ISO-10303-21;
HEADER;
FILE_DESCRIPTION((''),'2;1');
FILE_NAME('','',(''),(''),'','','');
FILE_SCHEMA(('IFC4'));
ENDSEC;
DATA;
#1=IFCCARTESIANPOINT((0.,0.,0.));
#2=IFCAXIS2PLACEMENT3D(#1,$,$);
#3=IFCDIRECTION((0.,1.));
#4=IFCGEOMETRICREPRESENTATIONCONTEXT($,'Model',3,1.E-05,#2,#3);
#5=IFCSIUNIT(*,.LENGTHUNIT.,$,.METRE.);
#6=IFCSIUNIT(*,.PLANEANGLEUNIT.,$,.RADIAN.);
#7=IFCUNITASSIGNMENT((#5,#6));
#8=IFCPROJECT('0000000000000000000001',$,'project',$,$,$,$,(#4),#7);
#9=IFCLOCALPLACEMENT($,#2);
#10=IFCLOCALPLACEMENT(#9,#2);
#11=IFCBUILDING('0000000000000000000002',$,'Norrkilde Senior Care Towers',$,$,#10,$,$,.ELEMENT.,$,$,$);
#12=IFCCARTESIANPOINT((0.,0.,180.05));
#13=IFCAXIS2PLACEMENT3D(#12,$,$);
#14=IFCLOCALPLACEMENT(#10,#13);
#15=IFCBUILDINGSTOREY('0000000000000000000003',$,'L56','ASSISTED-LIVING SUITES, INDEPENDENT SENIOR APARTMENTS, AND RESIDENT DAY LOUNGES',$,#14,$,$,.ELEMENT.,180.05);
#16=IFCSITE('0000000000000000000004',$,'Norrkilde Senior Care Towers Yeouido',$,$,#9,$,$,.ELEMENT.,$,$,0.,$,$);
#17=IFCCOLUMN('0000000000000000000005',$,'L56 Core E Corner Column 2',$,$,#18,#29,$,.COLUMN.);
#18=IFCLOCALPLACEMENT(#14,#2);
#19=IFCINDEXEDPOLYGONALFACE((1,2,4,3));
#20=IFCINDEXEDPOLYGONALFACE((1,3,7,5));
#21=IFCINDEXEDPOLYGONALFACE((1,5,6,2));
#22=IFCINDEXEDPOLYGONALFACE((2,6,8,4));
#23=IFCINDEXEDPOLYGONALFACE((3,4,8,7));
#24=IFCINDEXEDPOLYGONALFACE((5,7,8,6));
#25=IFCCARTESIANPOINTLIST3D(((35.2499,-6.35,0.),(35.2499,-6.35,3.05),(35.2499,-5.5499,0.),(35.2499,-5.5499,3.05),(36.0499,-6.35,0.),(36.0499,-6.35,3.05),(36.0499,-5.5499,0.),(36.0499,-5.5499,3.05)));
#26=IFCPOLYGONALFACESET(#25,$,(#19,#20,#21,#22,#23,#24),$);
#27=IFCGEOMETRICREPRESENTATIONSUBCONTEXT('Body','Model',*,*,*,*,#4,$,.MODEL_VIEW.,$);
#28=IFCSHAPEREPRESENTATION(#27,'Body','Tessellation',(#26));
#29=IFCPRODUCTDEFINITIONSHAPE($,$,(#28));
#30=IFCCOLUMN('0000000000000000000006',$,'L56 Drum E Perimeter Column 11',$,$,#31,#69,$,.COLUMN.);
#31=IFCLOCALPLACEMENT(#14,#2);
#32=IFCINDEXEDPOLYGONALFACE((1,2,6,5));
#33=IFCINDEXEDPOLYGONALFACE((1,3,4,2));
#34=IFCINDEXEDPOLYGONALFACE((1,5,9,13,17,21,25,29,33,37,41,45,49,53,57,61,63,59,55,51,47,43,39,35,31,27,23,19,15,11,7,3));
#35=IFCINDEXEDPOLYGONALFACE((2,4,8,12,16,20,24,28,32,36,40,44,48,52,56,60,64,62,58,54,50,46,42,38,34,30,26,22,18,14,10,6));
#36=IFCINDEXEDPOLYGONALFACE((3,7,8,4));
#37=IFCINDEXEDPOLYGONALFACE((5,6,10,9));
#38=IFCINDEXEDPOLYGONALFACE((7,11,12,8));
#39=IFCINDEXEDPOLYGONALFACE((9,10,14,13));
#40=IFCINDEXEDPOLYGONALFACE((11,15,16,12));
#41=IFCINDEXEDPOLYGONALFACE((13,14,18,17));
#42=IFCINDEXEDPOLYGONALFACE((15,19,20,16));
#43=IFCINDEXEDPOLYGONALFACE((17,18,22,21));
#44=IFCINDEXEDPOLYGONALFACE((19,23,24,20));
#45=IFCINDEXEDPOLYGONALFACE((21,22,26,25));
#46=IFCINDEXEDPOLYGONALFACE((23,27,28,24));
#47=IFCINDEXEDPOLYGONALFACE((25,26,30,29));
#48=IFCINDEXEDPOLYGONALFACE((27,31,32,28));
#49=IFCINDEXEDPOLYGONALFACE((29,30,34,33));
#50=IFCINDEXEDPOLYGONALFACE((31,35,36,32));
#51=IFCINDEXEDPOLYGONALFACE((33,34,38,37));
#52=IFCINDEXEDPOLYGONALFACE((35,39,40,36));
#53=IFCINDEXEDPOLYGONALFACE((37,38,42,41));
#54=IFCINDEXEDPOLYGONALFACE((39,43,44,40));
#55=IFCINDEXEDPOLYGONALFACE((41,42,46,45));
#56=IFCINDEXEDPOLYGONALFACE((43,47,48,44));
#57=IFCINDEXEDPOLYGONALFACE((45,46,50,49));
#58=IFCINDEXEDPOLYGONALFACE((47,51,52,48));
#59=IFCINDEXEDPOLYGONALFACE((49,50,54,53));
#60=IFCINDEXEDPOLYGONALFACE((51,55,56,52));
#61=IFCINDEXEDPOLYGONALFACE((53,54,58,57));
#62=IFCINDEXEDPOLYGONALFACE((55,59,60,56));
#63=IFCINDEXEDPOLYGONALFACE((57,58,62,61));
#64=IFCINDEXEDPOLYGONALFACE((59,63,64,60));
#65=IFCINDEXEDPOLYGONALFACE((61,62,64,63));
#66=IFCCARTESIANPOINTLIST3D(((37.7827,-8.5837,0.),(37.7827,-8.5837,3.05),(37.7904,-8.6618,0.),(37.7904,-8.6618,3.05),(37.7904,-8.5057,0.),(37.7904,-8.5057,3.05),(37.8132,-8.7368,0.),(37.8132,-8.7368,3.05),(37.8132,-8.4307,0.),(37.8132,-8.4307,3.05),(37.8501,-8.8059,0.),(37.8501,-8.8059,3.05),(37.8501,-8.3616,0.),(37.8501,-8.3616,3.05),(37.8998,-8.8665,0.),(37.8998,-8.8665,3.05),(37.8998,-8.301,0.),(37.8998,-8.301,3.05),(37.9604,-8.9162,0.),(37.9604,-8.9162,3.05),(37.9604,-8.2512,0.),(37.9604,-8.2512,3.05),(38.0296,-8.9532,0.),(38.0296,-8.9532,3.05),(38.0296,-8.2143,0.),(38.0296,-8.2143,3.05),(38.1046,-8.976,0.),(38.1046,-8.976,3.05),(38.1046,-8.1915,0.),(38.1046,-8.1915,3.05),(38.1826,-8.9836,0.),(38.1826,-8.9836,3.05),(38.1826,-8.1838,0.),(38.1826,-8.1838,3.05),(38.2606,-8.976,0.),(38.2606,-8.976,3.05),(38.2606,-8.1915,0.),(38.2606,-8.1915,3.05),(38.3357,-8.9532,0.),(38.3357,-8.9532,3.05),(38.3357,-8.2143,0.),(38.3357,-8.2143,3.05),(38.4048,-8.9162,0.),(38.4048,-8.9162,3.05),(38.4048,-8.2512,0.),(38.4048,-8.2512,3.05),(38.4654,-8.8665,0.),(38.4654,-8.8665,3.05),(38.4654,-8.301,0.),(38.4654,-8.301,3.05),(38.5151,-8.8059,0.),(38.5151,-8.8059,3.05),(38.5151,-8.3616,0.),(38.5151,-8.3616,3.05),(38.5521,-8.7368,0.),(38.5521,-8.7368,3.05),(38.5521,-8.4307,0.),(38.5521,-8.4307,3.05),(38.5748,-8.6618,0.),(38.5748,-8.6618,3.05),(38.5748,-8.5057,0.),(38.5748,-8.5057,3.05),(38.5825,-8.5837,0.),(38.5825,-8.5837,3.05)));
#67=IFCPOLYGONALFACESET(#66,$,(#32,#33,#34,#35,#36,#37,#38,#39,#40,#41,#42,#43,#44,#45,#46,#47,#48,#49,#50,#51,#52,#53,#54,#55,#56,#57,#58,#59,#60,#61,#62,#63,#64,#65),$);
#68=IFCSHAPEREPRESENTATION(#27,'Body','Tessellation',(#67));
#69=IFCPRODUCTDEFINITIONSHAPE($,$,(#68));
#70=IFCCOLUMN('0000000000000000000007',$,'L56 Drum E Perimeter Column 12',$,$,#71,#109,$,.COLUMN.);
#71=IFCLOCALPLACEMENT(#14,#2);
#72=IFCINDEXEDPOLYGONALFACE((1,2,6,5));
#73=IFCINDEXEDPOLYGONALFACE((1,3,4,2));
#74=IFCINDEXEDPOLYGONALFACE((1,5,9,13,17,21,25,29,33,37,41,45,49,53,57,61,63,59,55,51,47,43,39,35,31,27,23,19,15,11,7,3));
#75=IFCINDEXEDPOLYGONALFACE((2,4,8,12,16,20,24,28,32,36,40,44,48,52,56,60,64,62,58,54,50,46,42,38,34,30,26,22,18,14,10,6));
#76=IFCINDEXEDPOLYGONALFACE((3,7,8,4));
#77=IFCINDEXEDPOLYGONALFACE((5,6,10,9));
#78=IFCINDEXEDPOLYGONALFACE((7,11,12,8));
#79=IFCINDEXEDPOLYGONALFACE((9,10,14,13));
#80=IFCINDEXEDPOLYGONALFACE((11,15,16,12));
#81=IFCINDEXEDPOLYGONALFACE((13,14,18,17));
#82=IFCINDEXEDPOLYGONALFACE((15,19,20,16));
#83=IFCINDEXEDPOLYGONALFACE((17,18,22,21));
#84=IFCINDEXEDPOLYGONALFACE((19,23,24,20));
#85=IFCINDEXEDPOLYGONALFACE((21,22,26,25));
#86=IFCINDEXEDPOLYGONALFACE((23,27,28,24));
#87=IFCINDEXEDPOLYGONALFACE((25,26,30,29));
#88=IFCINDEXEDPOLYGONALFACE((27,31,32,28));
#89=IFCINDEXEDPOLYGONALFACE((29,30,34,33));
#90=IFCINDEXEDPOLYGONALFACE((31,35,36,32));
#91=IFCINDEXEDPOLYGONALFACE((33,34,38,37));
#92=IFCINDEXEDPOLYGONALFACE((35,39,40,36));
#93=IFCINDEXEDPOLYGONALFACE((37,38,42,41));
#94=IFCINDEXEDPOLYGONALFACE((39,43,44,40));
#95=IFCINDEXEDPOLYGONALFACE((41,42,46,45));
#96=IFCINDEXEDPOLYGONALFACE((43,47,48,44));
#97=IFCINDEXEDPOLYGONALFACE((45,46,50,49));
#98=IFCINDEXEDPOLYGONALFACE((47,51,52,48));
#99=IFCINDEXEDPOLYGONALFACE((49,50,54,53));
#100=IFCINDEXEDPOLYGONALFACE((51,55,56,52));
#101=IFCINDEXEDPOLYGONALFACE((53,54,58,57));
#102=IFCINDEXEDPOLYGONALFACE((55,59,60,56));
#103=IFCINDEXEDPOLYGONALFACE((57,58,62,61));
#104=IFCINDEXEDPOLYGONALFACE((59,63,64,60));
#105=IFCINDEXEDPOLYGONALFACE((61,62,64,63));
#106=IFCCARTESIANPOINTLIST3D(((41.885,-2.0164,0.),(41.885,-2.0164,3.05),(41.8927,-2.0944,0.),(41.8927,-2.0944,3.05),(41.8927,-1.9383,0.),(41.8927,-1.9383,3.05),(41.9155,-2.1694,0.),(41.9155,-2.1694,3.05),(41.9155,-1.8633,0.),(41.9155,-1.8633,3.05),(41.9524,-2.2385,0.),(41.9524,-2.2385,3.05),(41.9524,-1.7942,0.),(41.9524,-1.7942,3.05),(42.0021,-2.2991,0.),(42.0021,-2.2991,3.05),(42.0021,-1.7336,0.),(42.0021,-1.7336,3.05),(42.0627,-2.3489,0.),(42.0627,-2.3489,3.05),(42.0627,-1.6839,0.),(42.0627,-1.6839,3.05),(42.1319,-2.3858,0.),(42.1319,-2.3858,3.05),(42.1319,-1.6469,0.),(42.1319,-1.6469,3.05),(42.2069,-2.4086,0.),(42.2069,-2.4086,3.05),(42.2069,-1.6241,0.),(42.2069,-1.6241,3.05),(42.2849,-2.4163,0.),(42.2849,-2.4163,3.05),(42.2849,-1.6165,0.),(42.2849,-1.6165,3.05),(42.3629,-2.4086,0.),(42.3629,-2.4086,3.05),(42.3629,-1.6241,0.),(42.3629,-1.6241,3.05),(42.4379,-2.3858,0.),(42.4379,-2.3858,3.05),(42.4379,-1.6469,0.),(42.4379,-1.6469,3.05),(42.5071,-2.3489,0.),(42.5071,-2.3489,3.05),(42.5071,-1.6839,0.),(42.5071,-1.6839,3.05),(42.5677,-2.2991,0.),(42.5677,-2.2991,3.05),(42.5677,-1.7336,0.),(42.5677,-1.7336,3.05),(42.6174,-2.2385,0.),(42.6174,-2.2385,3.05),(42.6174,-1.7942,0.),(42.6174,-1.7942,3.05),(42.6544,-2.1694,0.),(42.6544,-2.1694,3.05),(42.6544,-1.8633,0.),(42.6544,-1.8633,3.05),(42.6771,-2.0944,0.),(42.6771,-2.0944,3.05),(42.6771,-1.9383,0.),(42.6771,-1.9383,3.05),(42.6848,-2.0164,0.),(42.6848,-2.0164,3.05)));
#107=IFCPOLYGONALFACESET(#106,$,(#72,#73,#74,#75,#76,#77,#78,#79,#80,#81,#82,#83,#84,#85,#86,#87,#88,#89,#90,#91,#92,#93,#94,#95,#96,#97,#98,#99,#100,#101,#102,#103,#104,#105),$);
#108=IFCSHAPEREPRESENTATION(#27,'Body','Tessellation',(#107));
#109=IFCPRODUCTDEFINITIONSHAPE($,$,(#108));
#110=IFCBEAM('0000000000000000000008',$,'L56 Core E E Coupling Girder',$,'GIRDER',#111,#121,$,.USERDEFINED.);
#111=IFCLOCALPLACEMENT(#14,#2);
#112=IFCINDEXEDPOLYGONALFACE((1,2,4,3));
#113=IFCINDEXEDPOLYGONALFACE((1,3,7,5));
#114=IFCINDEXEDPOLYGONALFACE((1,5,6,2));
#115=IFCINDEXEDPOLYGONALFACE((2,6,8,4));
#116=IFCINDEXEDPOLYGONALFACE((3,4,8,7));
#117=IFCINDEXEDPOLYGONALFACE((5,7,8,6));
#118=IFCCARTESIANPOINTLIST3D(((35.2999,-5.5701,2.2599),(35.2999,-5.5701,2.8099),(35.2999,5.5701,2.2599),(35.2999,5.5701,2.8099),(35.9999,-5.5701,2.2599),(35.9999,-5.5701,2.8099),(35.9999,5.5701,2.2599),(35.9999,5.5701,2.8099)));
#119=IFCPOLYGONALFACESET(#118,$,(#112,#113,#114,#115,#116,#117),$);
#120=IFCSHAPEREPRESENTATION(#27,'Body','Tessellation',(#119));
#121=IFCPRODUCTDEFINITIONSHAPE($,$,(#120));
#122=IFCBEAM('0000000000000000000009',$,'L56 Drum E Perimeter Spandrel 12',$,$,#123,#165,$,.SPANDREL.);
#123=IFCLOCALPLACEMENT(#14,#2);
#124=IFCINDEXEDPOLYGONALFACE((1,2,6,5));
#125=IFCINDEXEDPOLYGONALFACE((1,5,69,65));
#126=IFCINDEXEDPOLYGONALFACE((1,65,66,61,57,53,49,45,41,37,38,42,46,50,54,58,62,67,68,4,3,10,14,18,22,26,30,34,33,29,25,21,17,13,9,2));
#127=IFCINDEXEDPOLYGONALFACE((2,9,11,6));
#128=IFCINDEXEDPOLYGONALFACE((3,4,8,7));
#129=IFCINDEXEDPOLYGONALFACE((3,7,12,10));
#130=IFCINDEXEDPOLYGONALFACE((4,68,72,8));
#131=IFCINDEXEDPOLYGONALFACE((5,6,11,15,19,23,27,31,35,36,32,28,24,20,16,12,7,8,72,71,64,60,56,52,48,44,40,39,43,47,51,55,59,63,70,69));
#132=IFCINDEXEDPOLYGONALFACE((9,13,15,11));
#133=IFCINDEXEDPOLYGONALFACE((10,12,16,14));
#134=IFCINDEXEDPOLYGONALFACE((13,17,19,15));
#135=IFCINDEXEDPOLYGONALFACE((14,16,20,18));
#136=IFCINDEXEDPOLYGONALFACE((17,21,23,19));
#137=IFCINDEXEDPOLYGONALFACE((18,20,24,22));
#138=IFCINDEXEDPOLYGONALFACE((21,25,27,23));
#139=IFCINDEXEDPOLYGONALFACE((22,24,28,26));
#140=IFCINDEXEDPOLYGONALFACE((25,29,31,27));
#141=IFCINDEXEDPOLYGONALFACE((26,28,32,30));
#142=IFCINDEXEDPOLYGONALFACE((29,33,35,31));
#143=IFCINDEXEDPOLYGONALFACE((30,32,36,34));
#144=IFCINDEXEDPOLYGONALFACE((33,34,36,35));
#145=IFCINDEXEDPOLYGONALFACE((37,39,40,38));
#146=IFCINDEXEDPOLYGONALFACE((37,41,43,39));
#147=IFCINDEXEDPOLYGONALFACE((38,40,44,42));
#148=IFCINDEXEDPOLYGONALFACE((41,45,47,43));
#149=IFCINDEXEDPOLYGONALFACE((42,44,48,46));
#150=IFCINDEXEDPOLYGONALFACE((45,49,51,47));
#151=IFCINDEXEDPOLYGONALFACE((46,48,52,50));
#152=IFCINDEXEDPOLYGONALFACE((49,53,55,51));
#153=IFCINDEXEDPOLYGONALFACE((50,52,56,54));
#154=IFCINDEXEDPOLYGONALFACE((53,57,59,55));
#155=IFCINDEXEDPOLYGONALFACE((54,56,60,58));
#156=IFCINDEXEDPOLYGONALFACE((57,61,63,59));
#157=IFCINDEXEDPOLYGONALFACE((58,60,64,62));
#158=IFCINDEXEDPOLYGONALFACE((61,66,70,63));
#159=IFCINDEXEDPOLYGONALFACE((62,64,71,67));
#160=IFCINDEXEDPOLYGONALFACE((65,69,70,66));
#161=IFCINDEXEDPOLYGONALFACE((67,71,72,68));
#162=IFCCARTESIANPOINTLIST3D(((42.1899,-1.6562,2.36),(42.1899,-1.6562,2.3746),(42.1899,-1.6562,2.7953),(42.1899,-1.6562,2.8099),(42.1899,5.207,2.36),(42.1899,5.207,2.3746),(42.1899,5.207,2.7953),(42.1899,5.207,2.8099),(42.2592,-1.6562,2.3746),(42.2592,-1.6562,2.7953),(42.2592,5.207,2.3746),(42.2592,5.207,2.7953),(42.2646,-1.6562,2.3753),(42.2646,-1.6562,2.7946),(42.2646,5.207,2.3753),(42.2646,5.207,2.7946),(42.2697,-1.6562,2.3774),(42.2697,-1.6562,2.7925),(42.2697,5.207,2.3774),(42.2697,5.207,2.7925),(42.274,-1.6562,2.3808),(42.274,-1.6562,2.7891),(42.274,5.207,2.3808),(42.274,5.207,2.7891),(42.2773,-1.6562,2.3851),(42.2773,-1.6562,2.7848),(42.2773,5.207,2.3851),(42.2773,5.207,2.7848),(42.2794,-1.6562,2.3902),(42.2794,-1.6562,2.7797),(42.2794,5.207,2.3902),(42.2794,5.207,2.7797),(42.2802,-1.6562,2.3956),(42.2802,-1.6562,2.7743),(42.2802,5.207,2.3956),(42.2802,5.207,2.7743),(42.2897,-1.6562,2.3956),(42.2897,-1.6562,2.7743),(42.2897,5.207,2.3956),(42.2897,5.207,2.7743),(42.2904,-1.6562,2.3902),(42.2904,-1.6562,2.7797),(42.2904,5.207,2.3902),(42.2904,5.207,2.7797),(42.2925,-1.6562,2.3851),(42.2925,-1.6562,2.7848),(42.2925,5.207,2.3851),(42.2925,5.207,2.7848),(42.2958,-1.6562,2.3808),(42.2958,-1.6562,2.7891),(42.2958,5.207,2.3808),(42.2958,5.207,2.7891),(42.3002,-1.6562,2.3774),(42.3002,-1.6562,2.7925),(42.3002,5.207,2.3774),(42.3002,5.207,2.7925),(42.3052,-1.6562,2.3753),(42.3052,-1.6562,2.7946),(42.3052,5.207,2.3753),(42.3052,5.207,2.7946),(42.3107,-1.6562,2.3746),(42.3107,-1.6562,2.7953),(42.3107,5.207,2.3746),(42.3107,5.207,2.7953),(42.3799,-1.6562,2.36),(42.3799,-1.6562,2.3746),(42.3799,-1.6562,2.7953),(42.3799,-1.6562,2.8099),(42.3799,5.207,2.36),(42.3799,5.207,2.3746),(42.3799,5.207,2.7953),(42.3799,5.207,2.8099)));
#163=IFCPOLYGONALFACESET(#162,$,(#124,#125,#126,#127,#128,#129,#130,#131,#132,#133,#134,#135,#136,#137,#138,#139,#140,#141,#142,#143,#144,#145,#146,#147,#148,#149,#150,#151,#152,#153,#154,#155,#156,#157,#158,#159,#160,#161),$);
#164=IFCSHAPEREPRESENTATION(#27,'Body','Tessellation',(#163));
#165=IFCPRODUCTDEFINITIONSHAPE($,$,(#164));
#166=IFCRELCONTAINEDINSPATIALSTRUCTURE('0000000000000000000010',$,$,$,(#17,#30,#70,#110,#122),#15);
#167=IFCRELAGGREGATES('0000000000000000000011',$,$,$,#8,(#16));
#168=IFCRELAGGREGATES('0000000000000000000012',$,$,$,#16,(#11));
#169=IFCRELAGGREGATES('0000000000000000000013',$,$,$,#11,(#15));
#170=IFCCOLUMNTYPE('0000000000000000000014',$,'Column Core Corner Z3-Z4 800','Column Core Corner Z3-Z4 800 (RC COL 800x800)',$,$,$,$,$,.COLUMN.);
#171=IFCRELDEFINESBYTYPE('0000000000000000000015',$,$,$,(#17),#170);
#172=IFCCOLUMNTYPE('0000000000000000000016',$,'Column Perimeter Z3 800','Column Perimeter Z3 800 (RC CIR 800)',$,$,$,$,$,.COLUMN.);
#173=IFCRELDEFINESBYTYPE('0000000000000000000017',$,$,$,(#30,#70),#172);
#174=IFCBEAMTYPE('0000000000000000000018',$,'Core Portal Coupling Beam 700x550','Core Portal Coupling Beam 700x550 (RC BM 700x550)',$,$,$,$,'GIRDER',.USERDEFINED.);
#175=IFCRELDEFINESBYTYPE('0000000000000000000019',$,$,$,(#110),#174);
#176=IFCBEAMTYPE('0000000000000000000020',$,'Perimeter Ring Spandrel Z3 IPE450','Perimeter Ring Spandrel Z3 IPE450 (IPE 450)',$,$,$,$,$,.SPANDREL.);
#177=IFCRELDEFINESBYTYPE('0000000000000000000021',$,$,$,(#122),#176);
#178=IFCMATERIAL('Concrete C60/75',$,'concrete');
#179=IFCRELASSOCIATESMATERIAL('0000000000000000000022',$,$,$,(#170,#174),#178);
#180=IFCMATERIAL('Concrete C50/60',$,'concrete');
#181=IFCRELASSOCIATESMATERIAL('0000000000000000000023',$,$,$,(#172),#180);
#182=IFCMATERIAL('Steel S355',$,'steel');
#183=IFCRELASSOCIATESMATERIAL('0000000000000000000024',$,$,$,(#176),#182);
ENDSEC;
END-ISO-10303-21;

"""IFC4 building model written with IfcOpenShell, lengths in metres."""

from ifc_helpers import new_model, si_unit, direction, frame, origin, origin_2d, place, context, subcontext, project, spatial, rectangle, circle, i_section, extrude, source, transform, mapped, material, material_profile, profile_set, type_object, type_shapes, element, save


model = new_model("IFC4")

# Units and contexts
model_context = context("Model", 3, precision=1e-05, world=origin(), true_north=direction((0.0, 1.0)))
body_context = subcontext(model_context, "Body", "Model", "MODEL_VIEW")
ifc_project = project(units=[si_unit("LENGTHUNIT", "METRE"), si_unit("PLANEANGLEUNIT", "RADIAN")], contexts=[model_context])

# Site, building, storey
site_placement = place(None, origin())
site = spatial("IfcSite", under=ifc_project, at=site_placement, Name="Norrkilde Senior Care Towers Yeouido", CompositionType="ELEMENT", RefElevation=0.0)
building_placement = place(site_placement, origin())
building = spatial("IfcBuilding", under=site, at=building_placement, Name="Norrkilde Senior Care Towers", CompositionType="ELEMENT")
storey_placement = place(building_placement, frame((0.0, 0.0, 180.05)))
storey = spatial("IfcBuildingStorey", under=building, at=storey_placement, Name="L56", Description="ASSISTED-LIVING SUITES, INDEPENDENT SENIOR APARTMENTS, AND RESIDENT DAY LOUNGES", CompositionType="ELEMENT", Elevation=180.05)

# Columns
ifc_material_1 = material(Name="Concrete C60/75", Category="concrete")
ifc_material_profile_1 = material_profile(ifc_material_1, rectangle(XDim=0.8, YDim=0.8, at=origin_2d()), Name="RC COL 800x800")
ifc_profile_set_1 = profile_set([ifc_material_profile_1], Name="Concrete C60/75")
column_type_1 = type_object("IfcColumnType", Name="Column Core Corner Z3-Z4 800", Description="Column Core Corner Z3-Z4 800 (RC COL 800x800)", PredefinedType="COLUMN", material=ifc_profile_set_1)
shared_shape_1 = source(origin(), body_context, "Body", "SweptSolid", [
    extrude(rectangle(XDim=0.8, YDim=0.8, at=origin_2d()), origin(), (0.0, 0.0, 1.0), 3.05),
])
type_shapes(column_type_1, [shared_shape_1])
column_placement = place(storey_placement, frame((35.6499, -5.95, 0.0), z_axis=(0.0, 0.0, 1.0), x_axis=(1.0, 0.0, 0.0)))
element("IfcColumn", 1, at=column_placement, inside=storey, type_object=column_type_1, Name="L56 Core E Corner Column 2", PredefinedType="COLUMN", context=body_context, shape_type="MappedRepresentation", body=[
    mapped(shared_shape_1, transform((0.0, 0.0, 0.0), x_axis=(1.0, 0.0, 0.0), y_axis=(0.0, 1.0, 0.0), z_axis=(0.0, 0.0, 1.0), scale=1.0)),
])
ifc_material_2 = material(Name="Concrete C50/60", Category="concrete")
ifc_material_profile_2 = material_profile(ifc_material_2, circle(Radius=0.3999, at=origin_2d()), Name="RC CIR 800")
ifc_profile_set_2 = profile_set([ifc_material_profile_2], Name="Concrete C50/60")
column_type_2 = type_object("IfcColumnType", Name="Column Perimeter Z3 800", Description="Column Perimeter Z3 800 (RC CIR 800)", PredefinedType="COLUMN", material=ifc_profile_set_2)
shared_shape_2 = source(origin(), body_context, "Body", "SweptSolid", [
    extrude(circle(Radius=0.3999, at=origin_2d()), origin(), (0.0, 0.0, 1.0), 3.05),
])
type_shapes(column_type_2, [shared_shape_2])
for number, where, z_axis, x_axis, name in (
    (2, (38.1826, -8.5837, 0.0), (0.0, 0.0, 1.0), (1.0, 0.0, 0.0), "L56 Drum E Perimeter Column 11"),
    (3, (42.2849, -2.0164, 0.0), (0.0, 0.0, 1.0), (1.0, 0.0, 0.0), "L56 Drum E Perimeter Column 12"),
):
    element("IfcColumn", number, at=place(storey_placement, frame(where, z_axis=z_axis, x_axis=x_axis)), inside=storey, type_object=column_type_2, Name=name, PredefinedType="COLUMN", context=body_context, shape_type="MappedRepresentation", body=[
        mapped(shared_shape_2, transform((0.0, 0.0, 0.0), x_axis=(1.0, 0.0, 0.0), y_axis=(0.0, 1.0, 0.0), z_axis=(0.0, 0.0, 1.0), scale=1.0)),
    ])

# Beams
ifc_material_profile_3 = material_profile(ifc_material_1, rectangle(XDim=0.7, YDim=0.55, at=origin_2d()), Name="RC BM 700x550")
ifc_profile_set_3 = profile_set([ifc_material_profile_3], Name="Concrete C60/75")
beam_type_1 = type_object("IfcBeamType", Name="Core Portal Coupling Beam 700x550", Description="Core Portal Coupling Beam 700x550 (RC BM 700x550)", ElementType="GIRDER", PredefinedType="USERDEFINED", material=ifc_profile_set_3)
shared_shape_3 = source(origin(), body_context, "Body", "SweptSolid", [
    extrude(rectangle(XDim=0.7, YDim=0.55, at=origin_2d()), origin(), (0.0, 0.0, 1.0), 11.1401),
])
type_shapes(beam_type_1, [shared_shape_3])
beam_1_placement = place(storey_placement, frame((35.6499, -5.5701, 2.5349), z_axis=(0.0, 1.0, 0.0), x_axis=(-1.0, 0.0, 0.0)))
element("IfcBeam", 4, at=beam_1_placement, inside=storey, type_object=beam_type_1, Name="L56 Core E E Coupling Girder", ObjectType="GIRDER", PredefinedType="USERDEFINED", context=body_context, shape_type="MappedRepresentation", body=[
    mapped(shared_shape_3, transform((0.0, 0.0, 0.0), x_axis=(1.0, 0.0, 0.0), y_axis=(0.0, 1.0, 0.0), z_axis=(0.0, 0.0, 1.0), scale=1.0)),
])
ifc_material_3 = material(Name="Steel S355", Category="steel")
ifc_material_profile_4 = material_profile(ifc_material_3, i_section(OverallWidth=0.1899, OverallDepth=0.45, WebThickness=0.0095, FlangeThickness=0.0146, FilletRadius=0.021, at=origin_2d()), Name="IPE 450")
ifc_profile_set_4 = profile_set([ifc_material_profile_4], Name="Steel S355")
beam_type_2 = type_object("IfcBeamType", Name="Perimeter Ring Spandrel Z3 IPE450", Description="Perimeter Ring Spandrel Z3 IPE450 (IPE 450)", PredefinedType="SPANDREL", material=ifc_profile_set_4)
shared_shape_4 = source(origin(), body_context, "Body", "SweptSolid", [
    extrude(i_section(OverallWidth=0.1899, OverallDepth=0.45, WebThickness=0.0095, FlangeThickness=0.0146, FilletRadius=0.021, at=origin_2d()), origin(), (0.0, 0.0, 1.0), 6.8633),
])
beam_2_placement = place(storey_placement, frame((42.2849, -1.6562, 2.585), z_axis=(0.0, 1.0, 0.0), x_axis=(-1.0, 0.0, 0.0)))
element("IfcBeam", 5, at=beam_2_placement, inside=storey, type_object=beam_type_2, Name="L56 Drum E Perimeter Spandrel 12", PredefinedType="SPANDREL", context=body_context, shape_type="MappedRepresentation", body=[
    mapped(shared_shape_4, transform((0.0, 0.0, 0.0), x_axis=(1.0, 0.0, 0.0), y_axis=(0.0, 1.0, 0.0), z_axis=(0.0, 0.0, 1.0), scale=1.0)),
])

save(model, "model.ifc")
